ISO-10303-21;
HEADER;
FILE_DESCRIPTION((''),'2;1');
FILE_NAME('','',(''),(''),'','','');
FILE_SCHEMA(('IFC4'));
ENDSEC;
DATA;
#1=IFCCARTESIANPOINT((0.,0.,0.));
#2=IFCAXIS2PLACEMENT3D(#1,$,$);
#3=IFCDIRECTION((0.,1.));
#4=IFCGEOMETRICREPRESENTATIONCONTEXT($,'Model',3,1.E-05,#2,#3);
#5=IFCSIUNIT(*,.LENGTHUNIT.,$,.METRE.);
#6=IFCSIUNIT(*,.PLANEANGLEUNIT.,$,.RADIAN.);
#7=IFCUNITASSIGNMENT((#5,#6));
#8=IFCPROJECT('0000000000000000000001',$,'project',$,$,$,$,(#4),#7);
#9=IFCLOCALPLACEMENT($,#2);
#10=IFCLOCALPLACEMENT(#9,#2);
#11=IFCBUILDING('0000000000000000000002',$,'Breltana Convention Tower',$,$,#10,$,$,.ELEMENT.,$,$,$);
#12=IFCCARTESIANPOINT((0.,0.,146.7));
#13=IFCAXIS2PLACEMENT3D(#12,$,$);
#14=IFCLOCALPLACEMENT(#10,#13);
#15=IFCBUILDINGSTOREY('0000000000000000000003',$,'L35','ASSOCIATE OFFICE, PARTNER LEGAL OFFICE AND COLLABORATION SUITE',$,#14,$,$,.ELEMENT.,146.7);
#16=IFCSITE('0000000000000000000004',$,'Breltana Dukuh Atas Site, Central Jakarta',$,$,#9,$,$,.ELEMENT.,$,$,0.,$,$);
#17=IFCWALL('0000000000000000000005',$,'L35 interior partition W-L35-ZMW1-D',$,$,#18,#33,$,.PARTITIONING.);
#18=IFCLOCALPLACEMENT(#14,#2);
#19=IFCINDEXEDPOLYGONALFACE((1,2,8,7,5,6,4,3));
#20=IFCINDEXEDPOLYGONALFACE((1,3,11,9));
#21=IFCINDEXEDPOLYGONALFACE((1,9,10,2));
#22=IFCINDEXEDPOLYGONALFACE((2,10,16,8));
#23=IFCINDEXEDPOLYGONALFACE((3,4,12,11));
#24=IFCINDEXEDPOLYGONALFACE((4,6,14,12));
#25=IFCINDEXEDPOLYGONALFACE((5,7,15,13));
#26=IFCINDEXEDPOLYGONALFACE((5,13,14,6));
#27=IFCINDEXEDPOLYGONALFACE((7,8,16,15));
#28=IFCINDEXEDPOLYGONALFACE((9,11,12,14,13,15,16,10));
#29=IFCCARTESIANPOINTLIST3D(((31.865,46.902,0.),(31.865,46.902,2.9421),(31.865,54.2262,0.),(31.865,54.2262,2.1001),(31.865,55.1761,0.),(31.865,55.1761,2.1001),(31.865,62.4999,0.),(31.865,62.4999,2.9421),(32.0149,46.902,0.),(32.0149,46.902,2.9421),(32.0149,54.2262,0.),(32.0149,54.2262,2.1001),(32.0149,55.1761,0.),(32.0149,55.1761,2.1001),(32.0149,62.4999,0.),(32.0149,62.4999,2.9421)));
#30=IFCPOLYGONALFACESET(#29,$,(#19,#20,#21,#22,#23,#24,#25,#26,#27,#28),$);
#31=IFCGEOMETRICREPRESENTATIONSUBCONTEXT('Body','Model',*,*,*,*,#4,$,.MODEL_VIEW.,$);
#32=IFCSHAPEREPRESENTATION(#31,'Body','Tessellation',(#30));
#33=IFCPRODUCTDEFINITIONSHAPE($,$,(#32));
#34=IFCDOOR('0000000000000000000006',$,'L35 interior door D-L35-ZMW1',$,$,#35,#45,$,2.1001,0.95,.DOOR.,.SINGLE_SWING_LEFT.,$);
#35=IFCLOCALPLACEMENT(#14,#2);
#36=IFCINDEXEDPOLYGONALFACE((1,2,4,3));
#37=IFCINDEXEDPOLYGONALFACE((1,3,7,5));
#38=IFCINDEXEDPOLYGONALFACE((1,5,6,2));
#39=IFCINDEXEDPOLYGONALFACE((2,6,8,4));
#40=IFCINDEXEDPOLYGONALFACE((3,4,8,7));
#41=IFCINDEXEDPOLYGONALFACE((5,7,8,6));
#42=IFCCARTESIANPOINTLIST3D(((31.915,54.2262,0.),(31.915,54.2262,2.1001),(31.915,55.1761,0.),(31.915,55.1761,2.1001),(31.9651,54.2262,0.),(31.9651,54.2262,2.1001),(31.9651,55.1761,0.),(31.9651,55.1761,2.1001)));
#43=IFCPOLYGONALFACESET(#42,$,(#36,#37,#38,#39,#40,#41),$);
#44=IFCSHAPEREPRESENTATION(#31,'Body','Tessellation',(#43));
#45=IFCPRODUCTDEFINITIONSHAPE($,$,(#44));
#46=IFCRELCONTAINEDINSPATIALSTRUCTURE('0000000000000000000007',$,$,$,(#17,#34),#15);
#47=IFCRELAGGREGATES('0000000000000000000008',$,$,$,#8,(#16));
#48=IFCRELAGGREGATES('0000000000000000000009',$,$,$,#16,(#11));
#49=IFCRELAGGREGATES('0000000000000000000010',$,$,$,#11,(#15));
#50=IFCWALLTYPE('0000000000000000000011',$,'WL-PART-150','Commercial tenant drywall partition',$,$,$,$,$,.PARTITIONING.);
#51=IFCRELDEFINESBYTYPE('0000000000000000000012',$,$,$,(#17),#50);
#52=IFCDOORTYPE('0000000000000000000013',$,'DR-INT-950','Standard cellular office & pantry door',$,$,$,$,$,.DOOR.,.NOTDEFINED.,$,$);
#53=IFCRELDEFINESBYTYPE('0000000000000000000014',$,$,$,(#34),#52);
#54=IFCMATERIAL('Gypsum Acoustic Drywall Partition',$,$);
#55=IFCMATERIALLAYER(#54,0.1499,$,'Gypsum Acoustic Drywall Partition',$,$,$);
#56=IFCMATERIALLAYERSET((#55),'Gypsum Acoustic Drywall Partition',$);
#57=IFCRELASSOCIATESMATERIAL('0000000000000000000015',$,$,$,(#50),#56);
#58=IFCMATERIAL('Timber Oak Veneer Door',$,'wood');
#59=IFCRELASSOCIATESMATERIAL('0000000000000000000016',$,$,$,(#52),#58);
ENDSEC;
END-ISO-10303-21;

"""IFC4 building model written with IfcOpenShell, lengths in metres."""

from ifc_helpers import new_model, si_unit, direction, frame, frame_2d, origin, place, context, subcontext, project, spatial, rectangle, extrude, source, transform, mapped, material, layer, layer_set, type_object, type_shapes, element, fill, save


model = new_model("IFC4")

# Units and contexts
model_context = context("Model", 3, precision=1e-05, world=origin(), true_north=direction((0.0, 1.0)))
body_context = subcontext(model_context, "Body", "Model", "MODEL_VIEW")
ifc_project = project(units=[si_unit("LENGTHUNIT", "METRE"), si_unit("PLANEANGLEUNIT", "RADIAN")], contexts=[model_context])

# Site, building, storey
site_placement = place(None, origin())
site = spatial("IfcSite", under=ifc_project, at=site_placement, Name="Breltana Dukuh Atas Site, Central Jakarta", CompositionType="ELEMENT", RefElevation=0.0)
building_placement = place(site_placement, origin())
building = spatial("IfcBuilding", under=site, at=building_placement, Name="Breltana Convention Tower", CompositionType="ELEMENT")
storey_placement = place(building_placement, frame((0.0, 0.0, 146.7)))
storey = spatial("IfcBuildingStorey", under=building, at=storey_placement, Name="L35", Description="ASSOCIATE OFFICE, PARTNER LEGAL OFFICE AND COLLABORATION SUITE", CompositionType="ELEMENT", Elevation=146.7)

# Shared definitions
ifc_material_1 = material(Name="Gypsum Acoustic Drywall Partition")
ifc_layer_1 = layer(ifc_material_1, 0.1499, Name="Gypsum Acoustic Drywall Partition")
ifc_layer_set_1 = layer_set([ifc_layer_1], Name="Gypsum Acoustic Drywall Partition")
wall_type_1 = type_object("IfcWallType", Name="WL-PART-150", Description="Commercial tenant drywall partition", PredefinedType="PARTITIONING", material=ifc_layer_set_1)

# Wall, opening, door
shared_shape_1 = source(origin(), body_context, "Body", "SweptSolid", [
    extrude(rectangle(XDim=15.5979, YDim=0.1499, at=frame_2d((7.7988, 0.0))), origin(), (0.0, 0.0, 1.0), 2.9421),
])
wall_1_placement = place(storey_placement, frame((31.9399, 46.9021, 0.0), z_axis=(0.0, 0.0, 1.0), x_axis=(0.0, 1.0, 0.0)))
wall_1 = element("IfcWall", 1, at=wall_1_placement, inside=storey, type_object=wall_type_1, Name="L35 interior partition W-L35-ZMW1-D", PredefinedType="PARTITIONING", context=body_context, shape_type="MappedRepresentation", body=[
    mapped(shared_shape_1, transform((0.0, 0.0, 0.0), scale=1.0)),
])
opening_placement = place(wall_1_placement, frame((7.324, 0.0, 0.0)))
opening = element("IfcOpeningElement", 2, at=opening_placement, cuts=wall_1, PredefinedType="OPENING", context=body_context, shape_type="SweptSolid", body=[
    extrude(rectangle(XDim=0.95, YDim=2.1001, at=frame_2d((0.4751, 1.05))), frame((0.0, 0.085, 0.0), z_axis=(0.0, -1.0, 0.0), x_axis=(1.0, 0.0, 0.0)), (0.0, 0.0, 1.0), 0.1699),
])
ifc_material_2 = material(Name="Timber Oak Veneer Door", Category="wood")
door_type = type_object("IfcDoorType", Name="DR-INT-950", Description="Standard cellular office & pantry door", OperationType="NOTDEFINED", PredefinedType="DOOR", material=ifc_material_2)
shared_shape_2 = source(origin(), body_context, "Body", "SweptSolid", [
    extrude(rectangle(XDim=0.95, YDim=2.1001, at=frame_2d((0.4751, 1.05))), frame((0.0, 0.0249, 0.0), z_axis=(0.0, -1.0, 0.0), x_axis=(1.0, 0.0, 0.0)), (0.0, 0.0, 1.0), 0.05),
])
type_shapes(door_type, [shared_shape_2])
door_placement = place(opening_placement, origin())
door = element("IfcDoor", 3, at=door_placement, inside=storey, type_object=door_type, Name="L35 interior door D-L35-ZMW1", OperationType="SINGLE_SWING_LEFT", OverallHeight=2.1001, OverallWidth=0.95, PredefinedType="DOOR", context=body_context, shape_type="MappedRepresentation", body=[
    mapped(shared_shape_2, transform((0.0, 0.0, 0.0), scale=1.0)),
])
fill(opening, door)

save(model, "model.ifc")
